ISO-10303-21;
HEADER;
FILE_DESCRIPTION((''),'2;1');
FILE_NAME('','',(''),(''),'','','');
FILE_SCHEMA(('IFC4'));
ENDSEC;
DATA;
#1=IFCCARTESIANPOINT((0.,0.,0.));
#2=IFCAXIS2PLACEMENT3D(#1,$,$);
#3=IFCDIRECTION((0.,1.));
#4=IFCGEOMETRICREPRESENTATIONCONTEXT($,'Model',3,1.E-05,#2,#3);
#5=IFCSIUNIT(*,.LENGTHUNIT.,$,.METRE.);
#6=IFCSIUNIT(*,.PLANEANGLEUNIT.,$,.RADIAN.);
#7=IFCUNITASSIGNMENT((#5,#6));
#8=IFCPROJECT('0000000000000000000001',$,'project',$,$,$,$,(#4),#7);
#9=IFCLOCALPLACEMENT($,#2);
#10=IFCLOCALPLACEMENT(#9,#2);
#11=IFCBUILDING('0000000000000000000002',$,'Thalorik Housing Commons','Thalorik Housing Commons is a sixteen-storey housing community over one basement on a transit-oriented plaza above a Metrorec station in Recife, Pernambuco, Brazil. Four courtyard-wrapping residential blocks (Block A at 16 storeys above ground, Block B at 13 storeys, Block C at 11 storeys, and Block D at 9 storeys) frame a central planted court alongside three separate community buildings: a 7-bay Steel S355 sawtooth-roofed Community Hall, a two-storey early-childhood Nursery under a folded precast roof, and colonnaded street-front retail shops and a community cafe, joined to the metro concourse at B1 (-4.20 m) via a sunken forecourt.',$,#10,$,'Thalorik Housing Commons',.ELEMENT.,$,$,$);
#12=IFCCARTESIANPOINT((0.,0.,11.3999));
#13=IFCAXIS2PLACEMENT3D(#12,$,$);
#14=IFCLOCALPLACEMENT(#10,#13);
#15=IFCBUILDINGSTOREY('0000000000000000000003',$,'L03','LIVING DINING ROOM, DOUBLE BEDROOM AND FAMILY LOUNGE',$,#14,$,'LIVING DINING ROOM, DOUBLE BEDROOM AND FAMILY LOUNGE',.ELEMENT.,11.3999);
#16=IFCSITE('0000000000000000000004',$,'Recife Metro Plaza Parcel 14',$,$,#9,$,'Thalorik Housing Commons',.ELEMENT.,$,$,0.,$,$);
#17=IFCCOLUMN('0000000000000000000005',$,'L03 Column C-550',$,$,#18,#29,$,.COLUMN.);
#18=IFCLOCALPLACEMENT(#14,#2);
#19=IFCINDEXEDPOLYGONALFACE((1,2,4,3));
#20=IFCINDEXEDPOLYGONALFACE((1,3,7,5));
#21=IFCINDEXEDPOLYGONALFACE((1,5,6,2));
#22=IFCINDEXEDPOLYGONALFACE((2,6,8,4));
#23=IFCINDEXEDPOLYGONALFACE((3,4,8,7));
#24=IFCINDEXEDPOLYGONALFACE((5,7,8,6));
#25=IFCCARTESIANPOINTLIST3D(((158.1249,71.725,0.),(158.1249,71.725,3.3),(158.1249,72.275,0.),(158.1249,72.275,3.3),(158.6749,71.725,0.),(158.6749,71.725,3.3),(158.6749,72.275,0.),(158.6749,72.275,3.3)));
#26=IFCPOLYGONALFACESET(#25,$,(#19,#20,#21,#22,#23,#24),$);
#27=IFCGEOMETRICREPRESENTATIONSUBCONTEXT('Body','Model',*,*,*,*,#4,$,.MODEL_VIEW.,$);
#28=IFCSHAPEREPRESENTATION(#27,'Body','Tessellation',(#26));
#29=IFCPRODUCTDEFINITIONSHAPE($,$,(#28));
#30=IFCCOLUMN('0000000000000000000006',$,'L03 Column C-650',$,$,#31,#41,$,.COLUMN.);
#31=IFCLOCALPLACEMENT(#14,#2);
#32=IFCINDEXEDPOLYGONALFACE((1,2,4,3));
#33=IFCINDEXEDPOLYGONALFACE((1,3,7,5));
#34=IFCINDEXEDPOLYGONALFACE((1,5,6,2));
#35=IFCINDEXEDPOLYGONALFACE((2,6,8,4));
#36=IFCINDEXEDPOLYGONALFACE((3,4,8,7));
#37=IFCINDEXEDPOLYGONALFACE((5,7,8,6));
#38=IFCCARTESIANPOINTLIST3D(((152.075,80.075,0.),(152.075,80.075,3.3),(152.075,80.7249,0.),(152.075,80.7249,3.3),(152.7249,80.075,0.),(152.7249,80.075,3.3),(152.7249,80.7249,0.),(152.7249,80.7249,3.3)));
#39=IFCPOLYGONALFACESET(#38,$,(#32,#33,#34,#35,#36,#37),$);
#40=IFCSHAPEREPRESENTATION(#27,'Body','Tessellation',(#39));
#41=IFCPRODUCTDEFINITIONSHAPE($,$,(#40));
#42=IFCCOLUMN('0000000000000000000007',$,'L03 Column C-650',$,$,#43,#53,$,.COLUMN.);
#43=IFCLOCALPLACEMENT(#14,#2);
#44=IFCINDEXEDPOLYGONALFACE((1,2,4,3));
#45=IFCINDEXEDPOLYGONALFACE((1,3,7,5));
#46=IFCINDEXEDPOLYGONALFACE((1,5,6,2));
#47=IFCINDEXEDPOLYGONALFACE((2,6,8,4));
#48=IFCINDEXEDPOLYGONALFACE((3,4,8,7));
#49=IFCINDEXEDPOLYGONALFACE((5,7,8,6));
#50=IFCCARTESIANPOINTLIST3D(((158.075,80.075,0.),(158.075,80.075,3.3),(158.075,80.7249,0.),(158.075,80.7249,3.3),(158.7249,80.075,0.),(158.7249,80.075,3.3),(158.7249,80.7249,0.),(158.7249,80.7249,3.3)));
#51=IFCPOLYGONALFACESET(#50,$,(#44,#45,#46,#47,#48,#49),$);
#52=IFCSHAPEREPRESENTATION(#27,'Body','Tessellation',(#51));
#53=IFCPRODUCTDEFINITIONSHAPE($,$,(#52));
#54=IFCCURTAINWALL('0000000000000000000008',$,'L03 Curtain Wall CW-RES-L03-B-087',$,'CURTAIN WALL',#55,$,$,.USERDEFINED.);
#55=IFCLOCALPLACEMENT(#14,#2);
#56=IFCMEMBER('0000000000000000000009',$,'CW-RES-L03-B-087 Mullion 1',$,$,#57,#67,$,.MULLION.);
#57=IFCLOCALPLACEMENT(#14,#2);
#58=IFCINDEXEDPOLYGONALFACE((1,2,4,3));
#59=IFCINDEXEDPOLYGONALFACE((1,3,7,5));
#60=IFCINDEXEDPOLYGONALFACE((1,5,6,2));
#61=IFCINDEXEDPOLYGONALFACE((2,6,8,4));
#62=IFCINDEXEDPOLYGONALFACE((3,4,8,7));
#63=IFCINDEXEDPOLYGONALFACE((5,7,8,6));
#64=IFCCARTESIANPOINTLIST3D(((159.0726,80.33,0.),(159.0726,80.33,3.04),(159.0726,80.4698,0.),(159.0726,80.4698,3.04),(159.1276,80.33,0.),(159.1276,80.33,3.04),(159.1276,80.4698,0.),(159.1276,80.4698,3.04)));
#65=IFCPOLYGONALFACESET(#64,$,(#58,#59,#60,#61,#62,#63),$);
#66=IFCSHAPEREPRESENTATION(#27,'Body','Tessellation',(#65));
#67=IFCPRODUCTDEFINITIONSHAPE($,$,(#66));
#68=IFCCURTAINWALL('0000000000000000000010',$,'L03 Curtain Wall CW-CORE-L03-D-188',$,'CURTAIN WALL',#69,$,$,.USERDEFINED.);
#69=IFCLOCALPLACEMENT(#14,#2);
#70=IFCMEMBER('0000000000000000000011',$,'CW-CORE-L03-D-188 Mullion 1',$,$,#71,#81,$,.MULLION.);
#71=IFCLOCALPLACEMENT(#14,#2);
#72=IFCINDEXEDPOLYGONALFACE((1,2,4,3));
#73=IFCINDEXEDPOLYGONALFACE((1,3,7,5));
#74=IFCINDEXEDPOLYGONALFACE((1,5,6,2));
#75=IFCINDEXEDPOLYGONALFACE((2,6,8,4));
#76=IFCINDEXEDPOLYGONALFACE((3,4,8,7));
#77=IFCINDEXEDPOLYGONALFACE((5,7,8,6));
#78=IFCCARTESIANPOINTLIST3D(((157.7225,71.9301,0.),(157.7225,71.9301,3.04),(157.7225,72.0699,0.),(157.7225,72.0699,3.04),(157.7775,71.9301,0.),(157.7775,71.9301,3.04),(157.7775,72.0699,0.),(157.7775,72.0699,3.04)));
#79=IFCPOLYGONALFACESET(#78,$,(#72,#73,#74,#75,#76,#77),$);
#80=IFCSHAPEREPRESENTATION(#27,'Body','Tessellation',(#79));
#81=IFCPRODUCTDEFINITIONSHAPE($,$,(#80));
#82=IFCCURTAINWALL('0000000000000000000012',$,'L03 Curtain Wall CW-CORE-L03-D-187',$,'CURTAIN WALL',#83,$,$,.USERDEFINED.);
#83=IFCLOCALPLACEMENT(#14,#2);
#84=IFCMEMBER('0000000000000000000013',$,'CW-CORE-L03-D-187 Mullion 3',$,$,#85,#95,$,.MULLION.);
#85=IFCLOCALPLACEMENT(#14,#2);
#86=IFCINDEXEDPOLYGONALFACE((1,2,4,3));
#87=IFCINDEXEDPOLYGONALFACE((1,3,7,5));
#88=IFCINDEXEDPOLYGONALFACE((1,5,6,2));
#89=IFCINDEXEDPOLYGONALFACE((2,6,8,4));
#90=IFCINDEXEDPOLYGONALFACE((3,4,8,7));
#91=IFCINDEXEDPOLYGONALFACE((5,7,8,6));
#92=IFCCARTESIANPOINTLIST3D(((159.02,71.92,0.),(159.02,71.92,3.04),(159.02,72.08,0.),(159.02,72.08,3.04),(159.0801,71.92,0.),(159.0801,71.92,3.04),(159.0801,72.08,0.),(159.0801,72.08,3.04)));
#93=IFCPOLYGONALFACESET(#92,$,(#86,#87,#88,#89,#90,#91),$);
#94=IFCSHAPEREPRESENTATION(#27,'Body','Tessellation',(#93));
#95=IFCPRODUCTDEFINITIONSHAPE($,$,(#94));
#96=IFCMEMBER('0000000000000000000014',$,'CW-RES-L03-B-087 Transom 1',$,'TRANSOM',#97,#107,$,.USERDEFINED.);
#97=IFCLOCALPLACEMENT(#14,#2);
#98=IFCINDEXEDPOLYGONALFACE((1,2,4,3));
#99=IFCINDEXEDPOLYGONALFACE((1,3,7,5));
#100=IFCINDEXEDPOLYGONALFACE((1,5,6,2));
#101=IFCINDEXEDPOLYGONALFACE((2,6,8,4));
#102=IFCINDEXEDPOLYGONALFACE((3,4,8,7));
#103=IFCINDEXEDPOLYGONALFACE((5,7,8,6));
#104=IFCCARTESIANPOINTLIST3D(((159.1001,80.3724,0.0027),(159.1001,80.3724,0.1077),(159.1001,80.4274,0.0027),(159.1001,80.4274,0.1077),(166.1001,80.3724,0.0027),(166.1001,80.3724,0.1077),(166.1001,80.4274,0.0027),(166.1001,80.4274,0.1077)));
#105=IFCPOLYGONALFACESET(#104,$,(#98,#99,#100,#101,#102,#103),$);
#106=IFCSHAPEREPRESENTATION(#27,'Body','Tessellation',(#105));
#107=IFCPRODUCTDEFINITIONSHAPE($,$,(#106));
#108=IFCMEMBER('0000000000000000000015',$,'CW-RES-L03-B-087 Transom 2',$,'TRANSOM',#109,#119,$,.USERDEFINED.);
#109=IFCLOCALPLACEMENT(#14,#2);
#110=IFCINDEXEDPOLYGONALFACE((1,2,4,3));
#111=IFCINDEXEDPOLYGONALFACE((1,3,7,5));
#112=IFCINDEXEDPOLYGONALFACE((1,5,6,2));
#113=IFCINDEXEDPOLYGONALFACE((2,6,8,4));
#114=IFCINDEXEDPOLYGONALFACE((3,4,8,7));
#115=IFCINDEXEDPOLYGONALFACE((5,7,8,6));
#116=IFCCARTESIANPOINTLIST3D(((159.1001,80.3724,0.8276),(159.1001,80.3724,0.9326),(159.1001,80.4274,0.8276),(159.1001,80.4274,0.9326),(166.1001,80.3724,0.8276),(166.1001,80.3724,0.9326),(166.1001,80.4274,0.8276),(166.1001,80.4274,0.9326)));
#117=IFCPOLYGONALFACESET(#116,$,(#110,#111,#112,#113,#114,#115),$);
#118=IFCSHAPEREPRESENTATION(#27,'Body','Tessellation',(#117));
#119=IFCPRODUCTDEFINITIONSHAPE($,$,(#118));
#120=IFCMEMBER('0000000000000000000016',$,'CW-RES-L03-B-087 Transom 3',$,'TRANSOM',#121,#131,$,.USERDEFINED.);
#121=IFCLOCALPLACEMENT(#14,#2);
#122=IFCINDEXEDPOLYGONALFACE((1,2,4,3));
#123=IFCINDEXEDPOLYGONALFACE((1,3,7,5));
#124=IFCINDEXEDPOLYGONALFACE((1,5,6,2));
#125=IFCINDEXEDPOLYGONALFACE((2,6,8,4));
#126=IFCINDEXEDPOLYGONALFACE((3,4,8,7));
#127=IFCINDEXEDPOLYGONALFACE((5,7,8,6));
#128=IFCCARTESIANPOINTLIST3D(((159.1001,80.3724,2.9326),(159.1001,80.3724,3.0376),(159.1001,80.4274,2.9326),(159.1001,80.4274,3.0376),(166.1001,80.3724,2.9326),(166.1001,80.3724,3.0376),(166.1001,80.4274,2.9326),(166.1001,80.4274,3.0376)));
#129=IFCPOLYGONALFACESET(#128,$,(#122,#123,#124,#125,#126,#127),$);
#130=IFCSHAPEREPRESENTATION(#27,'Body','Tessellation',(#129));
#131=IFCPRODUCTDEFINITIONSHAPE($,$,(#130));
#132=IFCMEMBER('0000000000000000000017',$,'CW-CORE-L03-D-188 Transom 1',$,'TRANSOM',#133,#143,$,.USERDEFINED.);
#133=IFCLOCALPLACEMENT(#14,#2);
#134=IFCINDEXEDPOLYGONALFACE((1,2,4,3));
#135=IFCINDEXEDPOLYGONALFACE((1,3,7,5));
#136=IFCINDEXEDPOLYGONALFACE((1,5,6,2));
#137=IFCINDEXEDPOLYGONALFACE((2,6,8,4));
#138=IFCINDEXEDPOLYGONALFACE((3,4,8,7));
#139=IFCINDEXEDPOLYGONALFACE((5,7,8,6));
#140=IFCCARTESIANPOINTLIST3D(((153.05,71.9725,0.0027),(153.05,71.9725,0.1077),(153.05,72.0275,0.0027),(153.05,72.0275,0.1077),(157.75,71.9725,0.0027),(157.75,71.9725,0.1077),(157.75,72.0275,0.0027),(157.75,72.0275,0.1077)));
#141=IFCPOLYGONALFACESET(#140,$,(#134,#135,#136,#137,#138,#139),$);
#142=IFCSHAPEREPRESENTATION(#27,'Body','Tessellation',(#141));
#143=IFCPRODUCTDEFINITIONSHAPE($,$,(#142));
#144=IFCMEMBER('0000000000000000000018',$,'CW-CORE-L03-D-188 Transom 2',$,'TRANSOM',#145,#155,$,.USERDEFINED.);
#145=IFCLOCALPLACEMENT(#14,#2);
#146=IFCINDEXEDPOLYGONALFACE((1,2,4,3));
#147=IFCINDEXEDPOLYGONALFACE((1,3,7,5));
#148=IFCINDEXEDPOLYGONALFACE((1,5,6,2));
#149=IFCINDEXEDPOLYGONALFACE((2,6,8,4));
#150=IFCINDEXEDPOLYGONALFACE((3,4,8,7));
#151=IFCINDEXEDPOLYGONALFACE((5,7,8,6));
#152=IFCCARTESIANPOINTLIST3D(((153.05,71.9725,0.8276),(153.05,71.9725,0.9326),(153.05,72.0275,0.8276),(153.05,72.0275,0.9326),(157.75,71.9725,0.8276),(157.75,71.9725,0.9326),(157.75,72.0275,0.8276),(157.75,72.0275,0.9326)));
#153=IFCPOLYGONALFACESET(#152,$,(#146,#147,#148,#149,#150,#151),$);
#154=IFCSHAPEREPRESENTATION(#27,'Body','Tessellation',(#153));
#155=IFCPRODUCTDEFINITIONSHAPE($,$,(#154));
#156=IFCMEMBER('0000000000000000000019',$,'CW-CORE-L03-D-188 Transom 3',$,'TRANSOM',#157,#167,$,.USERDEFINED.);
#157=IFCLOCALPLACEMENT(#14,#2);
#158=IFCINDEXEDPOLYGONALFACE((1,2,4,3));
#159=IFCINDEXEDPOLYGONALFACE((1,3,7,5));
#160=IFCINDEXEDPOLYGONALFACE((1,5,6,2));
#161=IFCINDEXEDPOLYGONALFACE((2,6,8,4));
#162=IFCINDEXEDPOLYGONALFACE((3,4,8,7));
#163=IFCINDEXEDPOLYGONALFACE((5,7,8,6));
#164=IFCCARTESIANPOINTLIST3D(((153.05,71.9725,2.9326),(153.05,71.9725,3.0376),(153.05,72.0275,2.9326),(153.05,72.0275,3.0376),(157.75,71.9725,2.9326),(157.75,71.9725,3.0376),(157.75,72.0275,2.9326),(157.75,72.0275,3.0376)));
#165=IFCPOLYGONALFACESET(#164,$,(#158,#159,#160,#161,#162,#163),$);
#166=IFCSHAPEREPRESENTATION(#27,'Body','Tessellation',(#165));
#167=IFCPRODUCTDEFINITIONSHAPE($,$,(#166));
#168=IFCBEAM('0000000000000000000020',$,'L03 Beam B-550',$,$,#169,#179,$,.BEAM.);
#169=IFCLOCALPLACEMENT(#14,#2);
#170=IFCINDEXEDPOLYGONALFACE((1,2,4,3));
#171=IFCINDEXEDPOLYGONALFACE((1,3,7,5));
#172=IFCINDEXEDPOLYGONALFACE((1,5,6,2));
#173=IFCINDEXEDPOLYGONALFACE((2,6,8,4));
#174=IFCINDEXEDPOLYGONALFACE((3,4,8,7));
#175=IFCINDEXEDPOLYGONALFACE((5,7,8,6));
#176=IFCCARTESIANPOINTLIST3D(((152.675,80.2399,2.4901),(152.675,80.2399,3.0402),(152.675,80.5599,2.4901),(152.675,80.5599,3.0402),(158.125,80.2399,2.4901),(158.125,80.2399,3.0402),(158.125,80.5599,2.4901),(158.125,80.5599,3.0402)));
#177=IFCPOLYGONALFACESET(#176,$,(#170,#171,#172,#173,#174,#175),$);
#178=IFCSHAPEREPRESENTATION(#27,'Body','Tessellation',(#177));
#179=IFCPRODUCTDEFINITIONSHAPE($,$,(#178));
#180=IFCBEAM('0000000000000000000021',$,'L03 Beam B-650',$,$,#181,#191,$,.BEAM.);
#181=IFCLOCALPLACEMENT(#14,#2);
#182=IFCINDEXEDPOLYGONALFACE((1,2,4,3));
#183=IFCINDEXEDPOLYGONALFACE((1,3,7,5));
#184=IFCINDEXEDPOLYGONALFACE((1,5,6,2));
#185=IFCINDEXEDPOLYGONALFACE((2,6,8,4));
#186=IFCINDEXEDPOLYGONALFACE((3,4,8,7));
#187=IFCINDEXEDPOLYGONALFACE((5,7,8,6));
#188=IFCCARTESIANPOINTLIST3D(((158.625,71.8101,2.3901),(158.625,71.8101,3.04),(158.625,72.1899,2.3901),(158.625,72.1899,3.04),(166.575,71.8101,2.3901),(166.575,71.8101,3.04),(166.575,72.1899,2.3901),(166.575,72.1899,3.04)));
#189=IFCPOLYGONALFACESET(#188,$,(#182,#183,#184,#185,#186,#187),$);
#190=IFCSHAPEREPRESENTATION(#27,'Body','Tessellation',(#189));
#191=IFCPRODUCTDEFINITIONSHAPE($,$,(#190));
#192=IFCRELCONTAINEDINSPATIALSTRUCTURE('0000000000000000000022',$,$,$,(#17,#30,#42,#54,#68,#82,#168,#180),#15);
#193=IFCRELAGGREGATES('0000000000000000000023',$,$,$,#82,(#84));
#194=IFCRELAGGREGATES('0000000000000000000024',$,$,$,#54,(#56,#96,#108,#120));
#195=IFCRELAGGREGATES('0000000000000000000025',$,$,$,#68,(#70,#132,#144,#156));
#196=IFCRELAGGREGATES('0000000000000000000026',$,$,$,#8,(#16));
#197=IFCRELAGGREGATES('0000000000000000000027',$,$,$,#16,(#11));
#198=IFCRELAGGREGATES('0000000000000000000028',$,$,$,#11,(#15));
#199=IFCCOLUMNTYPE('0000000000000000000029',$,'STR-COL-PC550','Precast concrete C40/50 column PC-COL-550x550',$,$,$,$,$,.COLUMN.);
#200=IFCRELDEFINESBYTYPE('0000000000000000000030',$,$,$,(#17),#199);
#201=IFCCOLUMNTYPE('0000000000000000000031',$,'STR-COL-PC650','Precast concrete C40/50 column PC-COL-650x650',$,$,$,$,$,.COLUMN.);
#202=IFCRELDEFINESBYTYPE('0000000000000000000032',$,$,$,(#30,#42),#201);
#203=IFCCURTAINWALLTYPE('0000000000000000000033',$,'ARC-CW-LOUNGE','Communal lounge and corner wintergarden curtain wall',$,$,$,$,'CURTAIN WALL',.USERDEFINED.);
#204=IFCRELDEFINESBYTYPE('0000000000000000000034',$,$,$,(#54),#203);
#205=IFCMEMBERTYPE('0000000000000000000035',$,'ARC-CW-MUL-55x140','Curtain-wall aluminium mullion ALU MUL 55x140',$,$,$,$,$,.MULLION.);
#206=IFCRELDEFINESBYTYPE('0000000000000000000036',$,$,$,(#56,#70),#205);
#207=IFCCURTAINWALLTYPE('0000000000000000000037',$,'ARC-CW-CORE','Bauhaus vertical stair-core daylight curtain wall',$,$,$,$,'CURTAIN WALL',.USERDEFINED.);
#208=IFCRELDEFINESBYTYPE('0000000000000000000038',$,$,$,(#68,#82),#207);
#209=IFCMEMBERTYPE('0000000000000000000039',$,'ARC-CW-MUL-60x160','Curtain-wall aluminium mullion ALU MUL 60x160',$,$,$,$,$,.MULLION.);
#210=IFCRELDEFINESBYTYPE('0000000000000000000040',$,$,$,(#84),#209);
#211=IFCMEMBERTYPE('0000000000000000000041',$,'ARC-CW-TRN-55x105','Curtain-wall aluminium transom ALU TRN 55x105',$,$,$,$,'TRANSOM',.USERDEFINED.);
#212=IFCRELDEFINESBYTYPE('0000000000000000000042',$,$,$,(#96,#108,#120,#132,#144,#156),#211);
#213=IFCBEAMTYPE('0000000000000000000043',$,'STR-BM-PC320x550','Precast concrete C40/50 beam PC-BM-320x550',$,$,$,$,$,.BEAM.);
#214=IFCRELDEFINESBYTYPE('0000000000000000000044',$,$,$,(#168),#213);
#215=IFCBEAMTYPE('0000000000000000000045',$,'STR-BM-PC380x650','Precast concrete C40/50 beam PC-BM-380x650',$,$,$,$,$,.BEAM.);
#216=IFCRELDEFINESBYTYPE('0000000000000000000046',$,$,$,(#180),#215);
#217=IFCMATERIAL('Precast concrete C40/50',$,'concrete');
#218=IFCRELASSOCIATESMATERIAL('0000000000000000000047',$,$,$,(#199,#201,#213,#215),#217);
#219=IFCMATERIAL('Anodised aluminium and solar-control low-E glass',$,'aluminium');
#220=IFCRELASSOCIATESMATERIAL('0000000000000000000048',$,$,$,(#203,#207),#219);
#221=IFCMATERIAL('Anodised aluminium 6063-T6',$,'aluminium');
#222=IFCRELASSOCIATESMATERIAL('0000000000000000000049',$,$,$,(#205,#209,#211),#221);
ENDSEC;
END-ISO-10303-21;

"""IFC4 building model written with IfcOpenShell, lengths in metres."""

from ifc_helpers import new_model, si_unit, direction, frame, origin, origin_2d, place, context, subcontext, project, spatial, rectangle, extrude, material, material_profile, profile_set, type_object, element, aggregate, save


model = new_model("IFC4")

# Units and contexts
model_context = context("Model", 3, precision=1e-05, world=origin(), true_north=direction((0.0, 1.0)))
body_context = subcontext(model_context, "Body", "Model", "MODEL_VIEW")
ifc_project = project(units=[si_unit("LENGTHUNIT", "METRE"), si_unit("PLANEANGLEUNIT", "RADIAN")], contexts=[model_context])

# Site, building, storey
site_placement = place(None, origin())
site = spatial("IfcSite", under=ifc_project, at=site_placement, Name="Recife Metro Plaza Parcel 14", LongName="Thalorik Housing Commons", CompositionType="ELEMENT", RefElevation=0.0)
building_placement = place(site_placement, origin())
building = spatial("IfcBuilding", under=site, at=building_placement, Name="Thalorik Housing Commons", Description="Thalorik Housing Commons is a sixteen-storey housing community over one basement on a transit-oriented plaza above a Metrorec station in Recife, Pernambuco, Brazil. Four courtyard-wrapping residential blocks (Block A at 16 storeys above ground, Block B at 13 storeys, Block C at 11 storeys, and Block D at 9 storeys) frame a central planted court alongside three separate community buildings: a 7-bay Steel S355 sawtooth-roofed Community Hall, a two-storey early-childhood Nursery under a folded precast roof, and colonnaded street-front retail shops and a community cafe, joined to the metro concourse at B1 (-4.20 m) via a sunken forecourt.", LongName="Thalorik Housing Commons", CompositionType="ELEMENT")
storey_placement = place(building_placement, frame((0.0, 0.0, 11.3999)))
storey = spatial("IfcBuildingStorey", under=building, at=storey_placement, Name="L03", Description="LIVING DINING ROOM, DOUBLE BEDROOM AND FAMILY LOUNGE", LongName="LIVING DINING ROOM, DOUBLE BEDROOM AND FAMILY LOUNGE", CompositionType="ELEMENT", Elevation=11.3999)

# Columns
ifc_material_1 = material(Name="Precast concrete C40/50", Category="concrete")
ifc_material_profile_1 = material_profile(ifc_material_1, rectangle(XDim=0.55, YDim=0.55, at=origin_2d()), Name="PC 550x550", Category="concrete")
ifc_profile_set_1 = profile_set([ifc_material_profile_1], Name="Precast concrete C40/50")
column_type_1 = type_object("IfcColumnType", Name="STR-COL-PC550", Description="Precast concrete C40/50 column PC-COL-550x550", PredefinedType="COLUMN", material=ifc_profile_set_1)
column_placement = place(storey_placement, frame((158.3999, 72.0, 0.0), z_axis=(0.0, 0.0, 1.0), x_axis=(1.0, 0.0, 0.0)))
element("IfcColumn", 1, at=column_placement, inside=storey, type_object=column_type_1, Name="L03 Column C-550", PredefinedType="COLUMN", context=body_context, shape_type="SweptSolid", body=[
    extrude(rectangle(XDim=0.55, YDim=0.55, at=origin_2d()), origin(), (0.0, 0.0, 1.0), 3.3),
])
ifc_material_profile_2 = material_profile(ifc_material_1, rectangle(XDim=0.6499, YDim=0.6499, at=origin_2d()), Name="PC 650x650", Category="concrete")
ifc_profile_set_2 = profile_set([ifc_material_profile_2], Name="Precast concrete C40/50")
column_type_2 = type_object("IfcColumnType", Name="STR-COL-PC650", Description="Precast concrete C40/50 column PC-COL-650x650", PredefinedType="COLUMN", material=ifc_profile_set_2)
for number, where, z_axis, x_axis, name in (
    (2, (152.3999, 80.3999, 0.0), (0.0, 0.0, 1.0), (1.0, 0.0, 0.0), "L03 Column C-650"),
    (3, (158.3999, 80.3999, 0.0), (0.0, 0.0, 1.0), (1.0, 0.0, 0.0), "L03 Column C-650"),
):
    element("IfcColumn", number, at=place(storey_placement, frame(where, z_axis=z_axis, x_axis=x_axis)), inside=storey, type_object=column_type_2, Name=name, PredefinedType="COLUMN", context=body_context, shape_type="SweptSolid", body=[
        extrude(rectangle(XDim=0.6499, YDim=0.6499, at=origin_2d()), origin(), (0.0, 0.0, 1.0), 3.3),
    ])

# Curtain walls, members
ifc_material_2 = material(Name="Anodised aluminium and solar-control low-E glass", Category="aluminium")
curtain_wall_type_1 = type_object("IfcCurtainWallType", Name="ARC-CW-LOUNGE", Description="Communal lounge and corner wintergarden curtain wall", ElementType="CURTAIN WALL", PredefinedType="USERDEFINED", material=ifc_material_2)
curtain_wall_1_placement = place(storey_placement, origin())
curtain_wall_1 = element("IfcCurtainWall", 4, at=curtain_wall_1_placement, inside=storey, type_object=curtain_wall_type_1, Name="L03 Curtain Wall CW-RES-L03-B-087", ObjectType="CURTAIN WALL", PredefinedType="USERDEFINED")
ifc_material_3 = material(Name="Anodised aluminium 6063-T6", Category="aluminium")
ifc_material_profile_3 = material_profile(ifc_material_3, rectangle(XDim=0.0549, YDim=0.1399, at=origin_2d()), Name="ALU MUL 55x140", Category="aluminium")
ifc_profile_set_3 = profile_set([ifc_material_profile_3], Name="Anodised aluminium 6063-T6")
member_type_1 = type_object("IfcMemberType", Name="ARC-CW-MUL-55x140", Description="Curtain-wall aluminium mullion ALU MUL 55x140", PredefinedType="MULLION", material=ifc_profile_set_3)
member_1_placement = place(storey_placement, frame((159.1001, 80.3999, 0.0), z_axis=(0.0, 0.0, 1.0), x_axis=(1.0, 0.0, 0.0)))
member_1 = element("IfcMember", 5, at=member_1_placement, type_object=member_type_1, Name="CW-RES-L03-B-087 Mullion 1", PredefinedType="MULLION", context=body_context, shape_type="SweptSolid", body=[
    extrude(rectangle(XDim=0.0549, YDim=0.1399, at=origin_2d()), origin(), (0.0, 0.0, 1.0), 3.04),
])
curtain_wall_type_2 = type_object("IfcCurtainWallType", Name="ARC-CW-CORE", Description="Bauhaus vertical stair-core daylight curtain wall", ElementType="CURTAIN WALL", PredefinedType="USERDEFINED", material=ifc_material_2)
curtain_wall_2_placement = place(storey_placement, origin())
curtain_wall_2 = element("IfcCurtainWall", 6, at=curtain_wall_2_placement, inside=storey, type_object=curtain_wall_type_2, Name="L03 Curtain Wall CW-CORE-L03-D-188", ObjectType="CURTAIN WALL", PredefinedType="USERDEFINED")
member_2_placement = place(storey_placement, frame((157.75, 72.0, 0.0), z_axis=(0.0, 0.0, 1.0), x_axis=(-1.0, 0.0, 0.0)))
member_2 = element("IfcMember", 7, at=member_2_placement, type_object=member_type_1, Name="CW-CORE-L03-D-188 Mullion 1", PredefinedType="MULLION", context=body_context, shape_type="SweptSolid", body=[
    extrude(rectangle(XDim=0.0549, YDim=0.1399, at=origin_2d()), origin(), (0.0, 0.0, 1.0), 3.04),
])
curtain_wall_3_placement = place(storey_placement, origin())
curtain_wall_3 = element("IfcCurtainWall", 8, at=curtain_wall_3_placement, inside=storey, type_object=curtain_wall_type_2, Name="L03 Curtain Wall CW-CORE-L03-D-187", ObjectType="CURTAIN WALL", PredefinedType="USERDEFINED")
ifc_material_profile_4 = material_profile(ifc_material_3, rectangle(XDim=0.0601, YDim=0.1599, at=origin_2d()), Name="ALU MUL 60x160", Category="aluminium")
ifc_profile_set_4 = profile_set([ifc_material_profile_4], Name="Anodised aluminium 6063-T6")
member_type_2 = type_object("IfcMemberType", Name="ARC-CW-MUL-60x160", Description="Curtain-wall aluminium mullion ALU MUL 60x160", PredefinedType="MULLION", material=ifc_profile_set_4)
member_3_placement = place(storey_placement, frame((159.05, 72.0, 0.0), z_axis=(0.0, 0.0, 1.0), x_axis=(-1.0, 0.0, 0.0)))
member_3 = element("IfcMember", 9, at=member_3_placement, type_object=member_type_2, Name="CW-CORE-L03-D-187 Mullion 3", PredefinedType="MULLION", context=body_context, shape_type="SweptSolid", body=[
    extrude(rectangle(XDim=0.0601, YDim=0.1599, at=origin_2d()), origin(), (0.0, 0.0, 1.0), 3.04),
])
aggregate(curtain_wall_3, [member_3])

# Members
ifc_material_profile_5 = material_profile(ifc_material_3, rectangle(XDim=0.0549, YDim=0.105, at=origin_2d()), Name="ALU TRN 55x105", Category="aluminium")
ifc_profile_set_5 = profile_set([ifc_material_profile_5], Name="Anodised aluminium 6063-T6")
member_type_3 = type_object("IfcMemberType", Name="ARC-CW-TRN-55x105", Description="Curtain-wall aluminium transom ALU TRN 55x105", ElementType="TRANSOM", PredefinedType="USERDEFINED", material=ifc_profile_set_5)
member_4_placement = place(storey_placement, frame((159.1001, 80.3999, 0.0552), z_axis=(1.0, 0.0, 0.0), x_axis=(0.0, 1.0, 0.0)))
member_4 = element("IfcMember", 10, at=member_4_placement, type_object=member_type_3, Name="CW-RES-L03-B-087 Transom 1", ObjectType="TRANSOM", PredefinedType="USERDEFINED", context=body_context, shape_type="SweptSolid", body=[
    extrude(rectangle(XDim=0.0549, YDim=0.105, at=origin_2d()), origin(), (0.0, 0.0, 1.0), 7.0),
])
member_5_placement = place(storey_placement, frame((159.1001, 80.3999, 0.8801), z_axis=(1.0, 0.0, 0.0), x_axis=(0.0, 1.0, 0.0)))
member_5 = element("IfcMember", 11, at=member_5_placement, type_object=member_type_3, Name="CW-RES-L03-B-087 Transom 2", ObjectType="TRANSOM", PredefinedType="USERDEFINED", context=body_context, shape_type="SweptSolid", body=[
    extrude(rectangle(XDim=0.0549, YDim=0.105, at=origin_2d()), origin(), (0.0, 0.0, 1.0), 7.0),
])
member_6_placement = place(storey_placement, frame((159.1001, 80.3999, 2.9851), z_axis=(1.0, 0.0, 0.0), x_axis=(0.0, 1.0, 0.0)))
member_6 = element("IfcMember", 12, at=member_6_placement, type_object=member_type_3, Name="CW-RES-L03-B-087 Transom 3", ObjectType="TRANSOM", PredefinedType="USERDEFINED", context=body_context, shape_type="SweptSolid", body=[
    extrude(rectangle(XDim=0.0549, YDim=0.105, at=origin_2d()), origin(), (0.0, 0.0, 1.0), 7.0),
])
aggregate(curtain_wall_1, [member_1, member_4, member_5, member_6])
member_7_placement = place(storey_placement, frame((157.75, 72.0, 0.0552), z_axis=(-1.0, 0.0, 0.0), x_axis=(0.0, -1.0, 0.0)))
member_7 = element("IfcMember", 13, at=member_7_placement, type_object=member_type_3, Name="CW-CORE-L03-D-188 Transom 1", ObjectType="TRANSOM", PredefinedType="USERDEFINED", context=body_context, shape_type="SweptSolid", body=[
    extrude(rectangle(XDim=0.0549, YDim=0.105, at=origin_2d()), origin(), (0.0, 0.0, 1.0), 4.7),
])
member_8_placement = place(storey_placement, frame((157.75, 72.0, 0.8801), z_axis=(-1.0, 0.0, 0.0), x_axis=(0.0, -1.0, 0.0)))
member_8 = element("IfcMember", 14, at=member_8_placement, type_object=member_type_3, Name="CW-CORE-L03-D-188 Transom 2", ObjectType="TRANSOM", PredefinedType="USERDEFINED", context=body_context, shape_type="SweptSolid", body=[
    extrude(rectangle(XDim=0.0549, YDim=0.105, at=origin_2d()), origin(), (0.0, 0.0, 1.0), 4.7),
])
member_9_placement = place(storey_placement, frame((157.75, 72.0, 2.9851), z_axis=(-1.0, 0.0, 0.0), x_axis=(0.0, -1.0, 0.0)))
member_9 = element("IfcMember", 15, at=member_9_placement, type_object=member_type_3, Name="CW-CORE-L03-D-188 Transom 3", ObjectType="TRANSOM", PredefinedType="USERDEFINED", context=body_context, shape_type="SweptSolid", body=[
    extrude(rectangle(XDim=0.0549, YDim=0.105, at=origin_2d()), origin(), (0.0, 0.0, 1.0), 4.7),
])

# Beams
ifc_material_profile_6 = material_profile(ifc_material_1, rectangle(XDim=0.3201, YDim=0.55, at=origin_2d()), Name="PC 320x550", Category="concrete")
ifc_profile_set_6 = profile_set([ifc_material_profile_6], Name="Precast concrete C40/50")
beam_type_1 = type_object("IfcBeamType", Name="STR-BM-PC320x550", Description="Precast concrete C40/50 beam PC-BM-320x550", PredefinedType="BEAM", material=ifc_profile_set_6)
beam_1_placement = place(storey_placement, frame((152.675, 80.3999, 2.7651), z_axis=(1.0, 0.0, 0.0), x_axis=(0.0, 1.0, 0.0)))
element("IfcBeam", 16, at=beam_1_placement, inside=storey, type_object=beam_type_1, Name="L03 Beam B-550", PredefinedType="BEAM", context=body_context, shape_type="SweptSolid", body=[
    extrude(rectangle(XDim=0.3201, YDim=0.55, at=origin_2d()), origin(), (0.0, 0.0, 1.0), 5.45),
])
ifc_material_profile_7 = material_profile(ifc_material_1, rectangle(XDim=0.3799, YDim=0.6499, at=origin_2d()), Name="PC 380x650", Category="concrete")
ifc_profile_set_7 = profile_set([ifc_material_profile_7], Name="Precast concrete C40/50")
beam_type_2 = type_object("IfcBeamType", Name="STR-BM-PC380x650", Description="Precast concrete C40/50 beam PC-BM-380x650", PredefinedType="BEAM", material=ifc_profile_set_7)
beam_2_placement = place(storey_placement, frame((158.625, 72.0, 2.7151), z_axis=(1.0, 0.0, 0.0), x_axis=(0.0, 1.0, 0.0)))
element("IfcBeam", 17, at=beam_2_placement, inside=storey, type_object=beam_type_2, Name="L03 Beam B-650", PredefinedType="BEAM", context=body_context, shape_type="SweptSolid", body=[
    extrude(rectangle(XDim=0.3799, YDim=0.6499, at=origin_2d()), origin(), (0.0, 0.0, 1.0), 7.95),
])

aggregate(curtain_wall_2, [member_2, member_7, member_8, member_9])

save(model, "model.ifc")
